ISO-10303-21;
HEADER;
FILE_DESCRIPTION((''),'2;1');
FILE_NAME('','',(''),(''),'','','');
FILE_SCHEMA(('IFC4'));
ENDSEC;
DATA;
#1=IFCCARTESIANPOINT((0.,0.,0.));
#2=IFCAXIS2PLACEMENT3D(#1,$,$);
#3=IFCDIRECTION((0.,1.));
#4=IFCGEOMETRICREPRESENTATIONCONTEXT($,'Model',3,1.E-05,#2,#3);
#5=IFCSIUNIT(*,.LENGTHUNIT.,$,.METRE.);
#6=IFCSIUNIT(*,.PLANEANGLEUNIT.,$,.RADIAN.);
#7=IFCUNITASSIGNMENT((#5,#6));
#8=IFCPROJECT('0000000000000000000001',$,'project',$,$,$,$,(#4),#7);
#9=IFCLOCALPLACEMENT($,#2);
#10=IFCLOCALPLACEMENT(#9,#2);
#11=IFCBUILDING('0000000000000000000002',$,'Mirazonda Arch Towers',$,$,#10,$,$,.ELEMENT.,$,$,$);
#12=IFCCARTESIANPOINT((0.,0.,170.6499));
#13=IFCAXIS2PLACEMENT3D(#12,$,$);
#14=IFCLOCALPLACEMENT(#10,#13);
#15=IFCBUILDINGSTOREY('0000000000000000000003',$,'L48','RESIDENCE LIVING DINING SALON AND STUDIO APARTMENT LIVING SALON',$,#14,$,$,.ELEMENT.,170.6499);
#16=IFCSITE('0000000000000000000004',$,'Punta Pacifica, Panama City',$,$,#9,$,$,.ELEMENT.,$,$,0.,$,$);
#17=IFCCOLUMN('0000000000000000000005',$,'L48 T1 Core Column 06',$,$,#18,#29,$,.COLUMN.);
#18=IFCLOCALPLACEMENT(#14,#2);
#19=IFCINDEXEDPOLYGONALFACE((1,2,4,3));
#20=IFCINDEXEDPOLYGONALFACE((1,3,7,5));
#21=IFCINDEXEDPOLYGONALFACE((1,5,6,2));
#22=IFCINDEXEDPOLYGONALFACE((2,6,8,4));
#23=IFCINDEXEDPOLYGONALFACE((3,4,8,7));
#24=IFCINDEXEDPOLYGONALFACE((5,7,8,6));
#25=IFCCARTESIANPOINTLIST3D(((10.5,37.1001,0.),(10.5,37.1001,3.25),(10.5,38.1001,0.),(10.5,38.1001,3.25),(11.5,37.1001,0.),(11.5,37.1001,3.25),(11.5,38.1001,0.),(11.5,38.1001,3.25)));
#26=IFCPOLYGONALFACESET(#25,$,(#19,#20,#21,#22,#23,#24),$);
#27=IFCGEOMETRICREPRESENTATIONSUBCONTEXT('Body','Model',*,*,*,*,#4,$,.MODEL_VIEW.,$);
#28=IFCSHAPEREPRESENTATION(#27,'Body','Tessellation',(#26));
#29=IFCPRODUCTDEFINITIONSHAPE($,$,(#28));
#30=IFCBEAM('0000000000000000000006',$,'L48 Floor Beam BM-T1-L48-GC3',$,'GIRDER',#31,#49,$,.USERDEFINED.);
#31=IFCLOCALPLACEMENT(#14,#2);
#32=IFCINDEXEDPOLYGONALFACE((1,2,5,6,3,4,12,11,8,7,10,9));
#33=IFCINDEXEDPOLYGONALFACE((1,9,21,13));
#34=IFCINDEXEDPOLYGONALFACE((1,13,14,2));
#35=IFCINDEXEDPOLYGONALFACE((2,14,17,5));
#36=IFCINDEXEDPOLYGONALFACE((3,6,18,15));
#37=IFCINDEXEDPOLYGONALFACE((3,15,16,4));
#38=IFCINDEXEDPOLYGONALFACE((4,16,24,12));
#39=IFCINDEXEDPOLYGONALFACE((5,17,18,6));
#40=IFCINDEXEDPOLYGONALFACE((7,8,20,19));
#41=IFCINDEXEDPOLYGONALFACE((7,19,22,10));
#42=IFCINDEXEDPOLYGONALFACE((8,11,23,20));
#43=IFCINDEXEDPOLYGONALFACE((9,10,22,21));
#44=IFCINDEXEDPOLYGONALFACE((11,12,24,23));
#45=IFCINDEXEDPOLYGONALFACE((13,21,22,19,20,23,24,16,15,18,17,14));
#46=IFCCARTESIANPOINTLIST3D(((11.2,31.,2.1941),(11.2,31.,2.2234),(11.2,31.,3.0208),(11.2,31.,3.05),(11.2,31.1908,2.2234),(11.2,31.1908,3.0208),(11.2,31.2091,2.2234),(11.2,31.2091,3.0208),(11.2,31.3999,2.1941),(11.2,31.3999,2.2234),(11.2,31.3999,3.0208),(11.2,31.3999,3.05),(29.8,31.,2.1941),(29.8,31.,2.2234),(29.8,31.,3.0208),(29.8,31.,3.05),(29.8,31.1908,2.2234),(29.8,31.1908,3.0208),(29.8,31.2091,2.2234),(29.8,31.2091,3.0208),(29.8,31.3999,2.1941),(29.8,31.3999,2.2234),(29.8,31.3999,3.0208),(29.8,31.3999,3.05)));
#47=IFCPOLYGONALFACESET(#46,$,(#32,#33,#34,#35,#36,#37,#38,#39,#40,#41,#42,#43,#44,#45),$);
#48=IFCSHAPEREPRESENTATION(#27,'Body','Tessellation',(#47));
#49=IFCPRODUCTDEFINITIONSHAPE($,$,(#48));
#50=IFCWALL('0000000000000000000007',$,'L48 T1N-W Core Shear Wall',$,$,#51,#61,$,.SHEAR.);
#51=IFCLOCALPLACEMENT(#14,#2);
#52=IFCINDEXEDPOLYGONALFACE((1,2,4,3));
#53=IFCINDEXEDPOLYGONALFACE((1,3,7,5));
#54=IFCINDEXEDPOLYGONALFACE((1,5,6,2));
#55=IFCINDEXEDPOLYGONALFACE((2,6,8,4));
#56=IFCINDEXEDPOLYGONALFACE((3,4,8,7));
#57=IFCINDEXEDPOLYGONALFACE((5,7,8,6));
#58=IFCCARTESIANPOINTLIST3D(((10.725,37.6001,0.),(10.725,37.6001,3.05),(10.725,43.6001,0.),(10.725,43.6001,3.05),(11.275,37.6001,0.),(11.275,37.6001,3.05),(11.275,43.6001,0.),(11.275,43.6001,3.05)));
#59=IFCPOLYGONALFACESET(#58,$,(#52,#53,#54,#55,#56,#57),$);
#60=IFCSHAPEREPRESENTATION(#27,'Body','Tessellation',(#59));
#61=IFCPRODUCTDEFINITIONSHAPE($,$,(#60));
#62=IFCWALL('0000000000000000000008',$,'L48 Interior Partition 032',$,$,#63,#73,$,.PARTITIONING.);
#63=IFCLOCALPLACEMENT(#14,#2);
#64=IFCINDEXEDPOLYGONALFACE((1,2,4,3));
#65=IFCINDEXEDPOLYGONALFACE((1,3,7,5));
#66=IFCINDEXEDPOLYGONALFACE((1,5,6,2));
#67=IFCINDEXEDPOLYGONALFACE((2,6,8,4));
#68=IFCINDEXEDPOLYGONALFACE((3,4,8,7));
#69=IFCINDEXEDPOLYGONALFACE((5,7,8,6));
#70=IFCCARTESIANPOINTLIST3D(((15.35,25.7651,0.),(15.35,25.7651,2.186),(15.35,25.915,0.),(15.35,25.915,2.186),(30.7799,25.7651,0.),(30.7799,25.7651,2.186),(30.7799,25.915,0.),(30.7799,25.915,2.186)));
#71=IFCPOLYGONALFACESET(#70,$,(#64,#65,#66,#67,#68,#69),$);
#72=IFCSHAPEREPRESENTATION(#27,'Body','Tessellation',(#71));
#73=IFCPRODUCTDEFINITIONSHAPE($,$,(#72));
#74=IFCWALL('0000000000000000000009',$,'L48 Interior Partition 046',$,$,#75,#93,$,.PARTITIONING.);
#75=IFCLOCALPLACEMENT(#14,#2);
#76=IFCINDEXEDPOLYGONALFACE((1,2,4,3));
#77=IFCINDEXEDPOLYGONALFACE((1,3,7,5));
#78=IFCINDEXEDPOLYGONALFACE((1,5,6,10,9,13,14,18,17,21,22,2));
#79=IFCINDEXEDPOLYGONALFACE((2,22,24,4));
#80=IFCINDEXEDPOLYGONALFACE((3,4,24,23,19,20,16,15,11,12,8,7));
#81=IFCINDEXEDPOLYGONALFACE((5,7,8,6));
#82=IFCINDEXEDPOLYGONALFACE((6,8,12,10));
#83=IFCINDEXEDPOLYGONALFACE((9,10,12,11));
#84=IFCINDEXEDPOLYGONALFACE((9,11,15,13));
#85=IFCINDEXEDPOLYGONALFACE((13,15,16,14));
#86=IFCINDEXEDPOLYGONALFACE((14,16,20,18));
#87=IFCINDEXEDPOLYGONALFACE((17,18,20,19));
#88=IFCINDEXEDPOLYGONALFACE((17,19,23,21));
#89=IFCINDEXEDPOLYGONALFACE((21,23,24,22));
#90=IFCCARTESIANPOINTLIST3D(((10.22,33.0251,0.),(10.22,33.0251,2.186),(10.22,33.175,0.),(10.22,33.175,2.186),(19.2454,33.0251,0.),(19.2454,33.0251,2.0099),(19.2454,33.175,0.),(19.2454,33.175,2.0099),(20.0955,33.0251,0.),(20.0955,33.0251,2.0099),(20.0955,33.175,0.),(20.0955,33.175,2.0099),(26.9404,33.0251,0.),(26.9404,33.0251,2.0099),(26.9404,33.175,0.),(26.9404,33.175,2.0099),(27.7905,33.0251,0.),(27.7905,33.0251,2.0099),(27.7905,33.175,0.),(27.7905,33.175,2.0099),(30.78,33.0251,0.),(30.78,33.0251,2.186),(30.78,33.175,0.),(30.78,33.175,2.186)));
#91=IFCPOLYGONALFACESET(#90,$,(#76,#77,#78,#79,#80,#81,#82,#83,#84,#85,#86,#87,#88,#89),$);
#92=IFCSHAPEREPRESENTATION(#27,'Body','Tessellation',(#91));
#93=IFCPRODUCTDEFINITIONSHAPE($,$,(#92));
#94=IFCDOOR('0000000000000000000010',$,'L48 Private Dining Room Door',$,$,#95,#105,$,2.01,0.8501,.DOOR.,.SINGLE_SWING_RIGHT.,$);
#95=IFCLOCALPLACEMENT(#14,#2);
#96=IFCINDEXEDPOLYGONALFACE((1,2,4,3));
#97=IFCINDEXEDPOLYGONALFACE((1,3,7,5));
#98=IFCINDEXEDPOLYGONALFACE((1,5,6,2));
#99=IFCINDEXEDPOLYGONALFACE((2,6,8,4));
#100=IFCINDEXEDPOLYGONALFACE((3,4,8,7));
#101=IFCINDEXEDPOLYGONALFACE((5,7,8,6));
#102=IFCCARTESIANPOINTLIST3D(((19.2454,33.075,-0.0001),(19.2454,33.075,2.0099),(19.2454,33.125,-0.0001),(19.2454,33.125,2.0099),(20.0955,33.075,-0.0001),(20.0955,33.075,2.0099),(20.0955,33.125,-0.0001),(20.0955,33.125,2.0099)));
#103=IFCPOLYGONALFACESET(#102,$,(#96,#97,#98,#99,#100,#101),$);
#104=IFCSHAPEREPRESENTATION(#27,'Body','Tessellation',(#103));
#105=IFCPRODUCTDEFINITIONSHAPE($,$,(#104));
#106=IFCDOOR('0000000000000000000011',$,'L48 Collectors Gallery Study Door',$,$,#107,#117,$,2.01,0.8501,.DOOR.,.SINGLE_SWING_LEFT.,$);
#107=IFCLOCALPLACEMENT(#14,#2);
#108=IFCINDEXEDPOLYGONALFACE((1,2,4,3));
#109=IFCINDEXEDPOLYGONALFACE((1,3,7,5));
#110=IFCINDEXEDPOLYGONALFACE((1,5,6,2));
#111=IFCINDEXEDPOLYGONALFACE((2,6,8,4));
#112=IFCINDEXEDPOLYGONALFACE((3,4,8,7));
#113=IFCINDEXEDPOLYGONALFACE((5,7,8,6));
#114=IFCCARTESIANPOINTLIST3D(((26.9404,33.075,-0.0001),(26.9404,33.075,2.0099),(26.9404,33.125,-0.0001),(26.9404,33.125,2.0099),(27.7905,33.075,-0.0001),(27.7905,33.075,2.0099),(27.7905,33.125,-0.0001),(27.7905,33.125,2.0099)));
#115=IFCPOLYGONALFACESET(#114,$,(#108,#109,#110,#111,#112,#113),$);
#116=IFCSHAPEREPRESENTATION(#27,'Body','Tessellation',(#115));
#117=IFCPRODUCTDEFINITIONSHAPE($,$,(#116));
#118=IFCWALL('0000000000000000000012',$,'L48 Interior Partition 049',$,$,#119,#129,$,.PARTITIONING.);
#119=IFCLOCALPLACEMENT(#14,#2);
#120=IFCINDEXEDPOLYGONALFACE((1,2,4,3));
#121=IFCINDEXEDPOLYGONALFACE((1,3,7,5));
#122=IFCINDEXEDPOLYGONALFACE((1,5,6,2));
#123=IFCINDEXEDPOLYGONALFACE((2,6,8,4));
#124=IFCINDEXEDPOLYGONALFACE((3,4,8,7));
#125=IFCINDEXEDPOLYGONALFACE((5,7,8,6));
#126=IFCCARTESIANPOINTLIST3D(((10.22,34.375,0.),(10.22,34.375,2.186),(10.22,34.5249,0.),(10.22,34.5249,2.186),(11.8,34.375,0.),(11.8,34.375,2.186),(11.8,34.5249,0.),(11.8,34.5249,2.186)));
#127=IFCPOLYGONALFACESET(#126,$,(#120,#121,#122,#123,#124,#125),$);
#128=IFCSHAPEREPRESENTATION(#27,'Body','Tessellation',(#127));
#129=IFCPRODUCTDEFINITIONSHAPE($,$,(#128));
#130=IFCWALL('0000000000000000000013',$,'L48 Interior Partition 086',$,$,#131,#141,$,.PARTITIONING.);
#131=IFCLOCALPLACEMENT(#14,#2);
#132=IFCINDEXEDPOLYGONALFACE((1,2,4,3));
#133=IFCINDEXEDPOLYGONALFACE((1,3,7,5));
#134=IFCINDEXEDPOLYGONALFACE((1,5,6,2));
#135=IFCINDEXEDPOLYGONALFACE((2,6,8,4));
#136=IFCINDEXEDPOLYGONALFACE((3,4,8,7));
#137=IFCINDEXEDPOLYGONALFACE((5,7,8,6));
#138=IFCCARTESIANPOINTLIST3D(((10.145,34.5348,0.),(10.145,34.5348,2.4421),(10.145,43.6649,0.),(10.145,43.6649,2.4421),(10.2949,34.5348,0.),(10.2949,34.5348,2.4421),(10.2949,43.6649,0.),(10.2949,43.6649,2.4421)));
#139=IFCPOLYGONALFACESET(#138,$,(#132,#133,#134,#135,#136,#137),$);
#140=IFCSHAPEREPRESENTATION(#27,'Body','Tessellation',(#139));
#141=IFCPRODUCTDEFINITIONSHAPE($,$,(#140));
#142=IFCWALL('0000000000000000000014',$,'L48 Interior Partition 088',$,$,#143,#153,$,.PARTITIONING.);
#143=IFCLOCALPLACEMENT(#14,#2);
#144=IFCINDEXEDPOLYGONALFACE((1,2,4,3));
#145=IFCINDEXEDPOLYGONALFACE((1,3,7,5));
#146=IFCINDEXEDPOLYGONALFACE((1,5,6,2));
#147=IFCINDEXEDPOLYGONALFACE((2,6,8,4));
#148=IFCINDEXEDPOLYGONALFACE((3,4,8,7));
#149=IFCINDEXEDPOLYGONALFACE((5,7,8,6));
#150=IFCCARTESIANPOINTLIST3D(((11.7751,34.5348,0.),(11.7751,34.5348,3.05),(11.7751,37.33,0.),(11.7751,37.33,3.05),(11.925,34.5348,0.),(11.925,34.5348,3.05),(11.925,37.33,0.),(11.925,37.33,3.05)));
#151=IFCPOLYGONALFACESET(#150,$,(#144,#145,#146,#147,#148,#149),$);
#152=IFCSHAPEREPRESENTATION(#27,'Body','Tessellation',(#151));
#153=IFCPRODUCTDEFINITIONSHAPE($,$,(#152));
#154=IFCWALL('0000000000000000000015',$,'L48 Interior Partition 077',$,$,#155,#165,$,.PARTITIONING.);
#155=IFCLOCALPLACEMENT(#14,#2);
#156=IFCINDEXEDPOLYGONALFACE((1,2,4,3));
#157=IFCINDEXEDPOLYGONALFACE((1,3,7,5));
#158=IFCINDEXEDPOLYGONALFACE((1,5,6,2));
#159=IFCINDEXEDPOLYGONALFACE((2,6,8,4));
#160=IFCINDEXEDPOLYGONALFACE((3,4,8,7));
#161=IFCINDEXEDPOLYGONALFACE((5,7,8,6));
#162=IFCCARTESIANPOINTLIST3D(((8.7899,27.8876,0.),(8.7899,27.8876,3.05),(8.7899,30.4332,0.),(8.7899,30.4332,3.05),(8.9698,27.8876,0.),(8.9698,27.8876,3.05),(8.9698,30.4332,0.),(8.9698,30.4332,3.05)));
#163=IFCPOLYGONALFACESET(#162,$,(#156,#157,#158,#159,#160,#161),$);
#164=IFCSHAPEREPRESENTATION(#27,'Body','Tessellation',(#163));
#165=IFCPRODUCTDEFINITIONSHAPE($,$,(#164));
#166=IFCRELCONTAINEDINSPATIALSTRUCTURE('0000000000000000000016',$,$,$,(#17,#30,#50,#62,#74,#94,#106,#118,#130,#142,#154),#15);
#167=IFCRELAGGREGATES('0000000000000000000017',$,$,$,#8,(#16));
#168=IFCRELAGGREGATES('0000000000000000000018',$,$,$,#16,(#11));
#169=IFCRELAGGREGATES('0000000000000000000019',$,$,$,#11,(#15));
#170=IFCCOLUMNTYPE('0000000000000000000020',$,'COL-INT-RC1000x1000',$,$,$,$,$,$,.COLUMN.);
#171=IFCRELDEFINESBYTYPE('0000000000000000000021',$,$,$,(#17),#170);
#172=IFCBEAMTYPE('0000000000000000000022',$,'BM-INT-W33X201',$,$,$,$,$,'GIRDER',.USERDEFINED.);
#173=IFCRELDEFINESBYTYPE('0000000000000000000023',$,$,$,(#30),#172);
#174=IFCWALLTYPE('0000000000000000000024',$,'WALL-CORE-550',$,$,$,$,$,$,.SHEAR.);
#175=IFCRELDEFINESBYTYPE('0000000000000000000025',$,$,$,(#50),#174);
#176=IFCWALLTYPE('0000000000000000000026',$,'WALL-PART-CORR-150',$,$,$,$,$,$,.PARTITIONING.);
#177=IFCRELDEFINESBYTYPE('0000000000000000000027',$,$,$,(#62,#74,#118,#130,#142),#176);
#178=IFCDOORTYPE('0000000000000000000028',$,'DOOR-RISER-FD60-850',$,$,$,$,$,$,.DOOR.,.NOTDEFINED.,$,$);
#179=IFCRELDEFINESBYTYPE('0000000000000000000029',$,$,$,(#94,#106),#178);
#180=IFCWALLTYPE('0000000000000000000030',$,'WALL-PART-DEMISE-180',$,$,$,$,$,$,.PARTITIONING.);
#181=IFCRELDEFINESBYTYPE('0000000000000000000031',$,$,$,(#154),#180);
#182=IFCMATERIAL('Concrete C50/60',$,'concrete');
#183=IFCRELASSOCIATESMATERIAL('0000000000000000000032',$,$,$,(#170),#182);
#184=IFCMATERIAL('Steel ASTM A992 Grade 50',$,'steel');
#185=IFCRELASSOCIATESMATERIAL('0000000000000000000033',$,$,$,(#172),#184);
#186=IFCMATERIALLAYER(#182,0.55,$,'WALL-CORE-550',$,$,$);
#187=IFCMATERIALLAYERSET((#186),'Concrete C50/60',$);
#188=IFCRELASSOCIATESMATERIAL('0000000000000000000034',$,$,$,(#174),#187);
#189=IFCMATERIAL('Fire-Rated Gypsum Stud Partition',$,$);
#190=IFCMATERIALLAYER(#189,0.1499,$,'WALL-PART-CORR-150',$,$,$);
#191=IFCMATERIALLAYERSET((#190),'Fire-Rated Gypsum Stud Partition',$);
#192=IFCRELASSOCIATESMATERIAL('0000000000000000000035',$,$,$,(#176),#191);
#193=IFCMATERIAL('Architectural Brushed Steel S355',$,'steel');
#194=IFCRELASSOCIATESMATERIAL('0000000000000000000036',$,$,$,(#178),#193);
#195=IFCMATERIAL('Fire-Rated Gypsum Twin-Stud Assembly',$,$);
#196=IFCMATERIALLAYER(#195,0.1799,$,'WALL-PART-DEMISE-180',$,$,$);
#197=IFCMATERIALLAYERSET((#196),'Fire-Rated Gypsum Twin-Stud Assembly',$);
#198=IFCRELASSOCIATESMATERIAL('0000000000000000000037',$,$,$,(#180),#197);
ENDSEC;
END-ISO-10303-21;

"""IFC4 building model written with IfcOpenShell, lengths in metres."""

from ifc_helpers import new_model, si_unit, direction, frame, frame_2d, origin, origin_2d, place, context, subcontext, project, spatial, rectangle, i_section, extrude, material, layer, layer_set, material_profile, profile_set, type_object, element, fill, save


model = new_model("IFC4")

# Units and contexts
model_context = context("Model", 3, precision=1e-05, world=origin(), true_north=direction((0.0, 1.0)))
body_context = subcontext(model_context, "Body", "Model", "MODEL_VIEW")
ifc_project = project(units=[si_unit("LENGTHUNIT", "METRE"), si_unit("PLANEANGLEUNIT", "RADIAN")], contexts=[model_context])

# Site, building, storey
site_placement = place(None, origin())
site = spatial("IfcSite", under=ifc_project, at=site_placement, Name="Punta Pacifica, Panama City", CompositionType="ELEMENT", RefElevation=0.0)
building_placement = place(site_placement, origin())
building = spatial("IfcBuilding", under=site, at=building_placement, Name="Mirazonda Arch Towers", CompositionType="ELEMENT")
storey_placement = place(building_placement, frame((0.0, 0.0, 170.6499)))
storey = spatial("IfcBuildingStorey", under=building, at=storey_placement, Name="L48", Description="RESIDENCE LIVING DINING SALON AND STUDIO APARTMENT LIVING SALON", CompositionType="ELEMENT", Elevation=170.6499)

# Column
ifc_material_1 = material(Name="Concrete C50/60", Category="concrete")
ifc_material_profile_1 = material_profile(ifc_material_1, rectangle(XDim=1.0, YDim=1.0, at=origin_2d()), Name="RC1000x1000")
ifc_profile_set_1 = profile_set([ifc_material_profile_1], Name="Concrete C50/60")
column_type = type_object("IfcColumnType", Name="COL-INT-RC1000x1000", PredefinedType="COLUMN", material=ifc_profile_set_1)
column_placement = place(storey_placement, frame((11.0, 37.6001, 0.0), z_axis=(0.0, 0.0, 1.0), x_axis=(1.0, 0.0, 0.0)))
element("IfcColumn", 1, at=column_placement, inside=storey, type_object=column_type, Name="L48 T1 Core Column 06", PredefinedType="COLUMN", context=body_context, shape_type="SweptSolid", body=[
    extrude(rectangle(XDim=1.0, YDim=1.0, at=origin_2d()), origin(), (0.0, 0.0, 1.0), 3.25),
])

# Beam
ifc_material_2 = material(Name="Steel ASTM A992 Grade 50", Category="steel")
ifc_material_profile_2 = material_profile(ifc_material_2, i_section(OverallWidth=0.3999, OverallDepth=0.856, WebThickness=0.0183, FlangeThickness=0.0293, at=origin_2d()), Name="W33X201")
ifc_profile_set_2 = profile_set([ifc_material_profile_2], Name="Steel ASTM A992 Grade 50")
beam_type = type_object("IfcBeamType", Name="BM-INT-W33X201", ElementType="GIRDER", PredefinedType="USERDEFINED", material=ifc_profile_set_2)
beam_placement = place(storey_placement, frame((11.2, 31.2, 2.6221), z_axis=(1.0, 0.0, 0.0), x_axis=(0.0, 1.0, 0.0)))
element("IfcBeam", 2, at=beam_placement, inside=storey, type_object=beam_type, Name="L48 Floor Beam BM-T1-L48-GC3", ObjectType="GIRDER", PredefinedType="USERDEFINED", context=body_context, shape_type="SweptSolid", body=[
    extrude(i_section(OverallWidth=0.3999, OverallDepth=0.856, WebThickness=0.0183, FlangeThickness=0.0293, at=origin_2d()), origin(), (0.0, 0.0, 1.0), 18.6001),
])

# Walls
ifc_layer_1 = layer(ifc_material_1, 0.55, Name="WALL-CORE-550")
ifc_layer_set_1 = layer_set([ifc_layer_1], Name="Concrete C50/60")
wall_type_1 = type_object("IfcWallType", Name="WALL-CORE-550", PredefinedType="SHEAR", material=ifc_layer_set_1)
wall_1_placement = place(storey_placement, frame((11.0, 37.6001, 0.0), z_axis=(0.0, 0.0, 1.0), x_axis=(0.0, 1.0, 0.0)))
element("IfcWall", 3, at=wall_1_placement, inside=storey, type_object=wall_type_1, Name="L48 T1N-W Core Shear Wall", PredefinedType="SHEAR", context=body_context, shape_type="SweptSolid", body=[
    extrude(rectangle(XDim=6.0, YDim=0.55, at=frame_2d((3.0, 0.0))), origin(), (0.0, 0.0, 1.0), 3.05),
])
ifc_material_3 = material(Name="Fire-Rated Gypsum Stud Partition")
ifc_layer_2 = layer(ifc_material_3, 0.1499, Name="WALL-PART-CORR-150")
ifc_layer_set_2 = layer_set([ifc_layer_2], Name="Fire-Rated Gypsum Stud Partition")
wall_type_2 = type_object("IfcWallType", Name="WALL-PART-CORR-150", PredefinedType="PARTITIONING", material=ifc_layer_set_2)
wall_2_placement = place(storey_placement, frame((15.3501, 25.8401, 0.0), z_axis=(0.0, 0.0, 1.0), x_axis=(1.0, 0.0, 0.0)))
element("IfcWall", 4, at=wall_2_placement, inside=storey, type_object=wall_type_2, Name="L48 Interior Partition 032", PredefinedType="PARTITIONING", context=body_context, shape_type="SweptSolid", body=[
    extrude(rectangle(XDim=15.4299, YDim=0.1499, at=frame_2d((7.7148, 0.0))), origin(), (0.0, 0.0, 1.0), 2.186),
])

# Wall, openings, doors
wall_3_placement = place(storey_placement, frame((10.22, 33.1001, 0.0), z_axis=(0.0, 0.0, 1.0), x_axis=(1.0, 0.0, 0.0)))
wall_3 = element("IfcWall", 5, at=wall_3_placement, inside=storey, type_object=wall_type_2, Name="L48 Interior Partition 046", PredefinedType="PARTITIONING", context=body_context, shape_type="SweptSolid", body=[
    extrude(rectangle(XDim=20.5601, YDim=0.1499, at=frame_2d((10.28, 0.0))), origin(), (0.0, 0.0, 1.0), 2.186),
])
opening_1_placement = place(wall_3_placement, frame((9.0254, 0.0, 0.0)))
opening_1 = element("IfcOpeningElement", 6, at=opening_1_placement, cuts=wall_3, PredefinedType="OPENING", context=body_context, shape_type="SweptSolid", body=[
    extrude(rectangle(XDim=0.8501, YDim=2.01, at=frame_2d((0.425, 1.0049))), frame((0.0, 0.085, 0.0), z_axis=(0.0, -1.0, 0.0), x_axis=(1.0, 0.0, 0.0)), (0.0, 0.0, 1.0), 0.1699),
])
opening_2_placement = place(wall_3_placement, frame((16.7205, 0.0, 0.0)))
opening_2 = element("IfcOpeningElement", 7, at=opening_2_placement, cuts=wall_3, PredefinedType="OPENING", context=body_context, shape_type="SweptSolid", body=[
    extrude(rectangle(XDim=0.8501, YDim=2.01, at=frame_2d((0.425, 1.0049))), frame((0.0, 0.085, 0.0), z_axis=(0.0, -1.0, 0.0), x_axis=(1.0, 0.0, 0.0)), (0.0, 0.0, 1.0), 0.1699),
])
ifc_material_4 = material(Name="Architectural Brushed Steel S355", Category="steel")
door_type_1 = type_object("IfcDoorType", Name="DOOR-RISER-FD60-850", OperationType="NOTDEFINED", PredefinedType="DOOR", material=ifc_material_4)
door_1_placement = place(opening_1_placement, origin())
door_1 = element("IfcDoor", 8, at=door_1_placement, inside=storey, type_object=door_type_1, Name="L48 Private Dining Room Door", OperationType="SINGLE_SWING_RIGHT", OverallHeight=2.01, OverallWidth=0.8501, PredefinedType="DOOR", context=body_context, shape_type="SweptSolid", body=[
    extrude(rectangle(XDim=0.8501, YDim=2.01, at=frame_2d((0.425, 1.0049))), frame((0.0, 0.0249, 0.0), z_axis=(0.0, -1.0, 0.0), x_axis=(1.0, 0.0, 0.0)), (0.0, 0.0, 1.0), 0.05),
])
fill(opening_1, door_1)
door_2_placement = place(opening_2_placement, origin())
door_2 = element("IfcDoor", 9, at=door_2_placement, inside=storey, type_object=door_type_1, Name="L48 Collectors Gallery Study Door", OperationType="SINGLE_SWING_LEFT", OverallHeight=2.01, OverallWidth=0.8501, PredefinedType="DOOR", context=body_context, shape_type="SweptSolid", body=[
    extrude(rectangle(XDim=0.8501, YDim=2.01, at=frame_2d((0.425, 1.0049))), frame((0.0, 0.0249, 0.0), z_axis=(0.0, -1.0, 0.0), x_axis=(1.0, 0.0, 0.0)), (0.0, 0.0, 1.0), 0.05),
])
fill(opening_2, door_2)

# Walls
wall_4_placement = place(storey_placement, frame((10.22, 34.45, 0.0), z_axis=(0.0, 0.0, 1.0), x_axis=(1.0, 0.0, 0.0)))
element("IfcWall", 10, at=wall_4_placement, inside=storey, type_object=wall_type_2, Name="L48 Interior Partition 049", PredefinedType="PARTITIONING", context=body_context, shape_type="SweptSolid", body=[
    extrude(rectangle(XDim=1.5801, YDim=0.1499, at=frame_2d((0.79, 0.0))), origin(), (0.0, 0.0, 1.0), 2.186),
])
wall_5_placement = place(storey_placement, frame((10.22, 34.5349, 0.0), z_axis=(0.0, 0.0, 1.0), x_axis=(0.0, 1.0, 0.0)))
element("IfcWall", 11, at=wall_5_placement, inside=storey, type_object=wall_type_2, Name="L48 Interior Partition 086", PredefinedType="PARTITIONING", context=body_context, shape_type="SweptSolid", body=[
    extrude(rectangle(XDim=9.1301, YDim=0.1499, at=frame_2d((4.5649, 0.0))), origin(), (0.0, 0.0, 1.0), 2.4421),
])
wall_6_placement = place(storey_placement, frame((11.8501, 34.5349, 0.0), z_axis=(0.0, 0.0, 1.0), x_axis=(0.0, 1.0, 0.0)))
element("IfcWall", 12, at=wall_6_placement, inside=storey, type_object=wall_type_2, Name="L48 Interior Partition 088", PredefinedType="PARTITIONING", context=body_context, shape_type="SweptSolid", body=[
    extrude(rectangle(XDim=2.7952, YDim=0.1499, at=frame_2d((1.3975, 0.0))), origin(), (0.0, 0.0, 1.0), 3.05),
])
ifc_material_5 = material(Name="Fire-Rated Gypsum Twin-Stud Assembly")
ifc_layer_3 = layer(ifc_material_5, 0.1799, Name="WALL-PART-DEMISE-180")
ifc_layer_set_3 = layer_set([ifc_layer_3], Name="Fire-Rated Gypsum Twin-Stud Assembly")
wall_type_3 = type_object("IfcWallType", Name="WALL-PART-DEMISE-180", PredefinedType="PARTITIONING", material=ifc_layer_set_3)
wall_7_placement = place(storey_placement, frame((8.8799, 27.8875, 0.0), z_axis=(0.0, 0.0, 1.0), x_axis=(0.0, 1.0, 0.0)))
element("IfcWall", 13, at=wall_7_placement, inside=storey, type_object=wall_type_3, Name="L48 Interior Partition 077", PredefinedType="PARTITIONING", context=body_context, shape_type="SweptSolid", body=[
    extrude(rectangle(XDim=2.5457, YDim=0.1799, at=frame_2d((1.2729, 0.0))), origin(), (0.0, 0.0, 1.0), 3.05),
])

save(model, "model.ifc")
